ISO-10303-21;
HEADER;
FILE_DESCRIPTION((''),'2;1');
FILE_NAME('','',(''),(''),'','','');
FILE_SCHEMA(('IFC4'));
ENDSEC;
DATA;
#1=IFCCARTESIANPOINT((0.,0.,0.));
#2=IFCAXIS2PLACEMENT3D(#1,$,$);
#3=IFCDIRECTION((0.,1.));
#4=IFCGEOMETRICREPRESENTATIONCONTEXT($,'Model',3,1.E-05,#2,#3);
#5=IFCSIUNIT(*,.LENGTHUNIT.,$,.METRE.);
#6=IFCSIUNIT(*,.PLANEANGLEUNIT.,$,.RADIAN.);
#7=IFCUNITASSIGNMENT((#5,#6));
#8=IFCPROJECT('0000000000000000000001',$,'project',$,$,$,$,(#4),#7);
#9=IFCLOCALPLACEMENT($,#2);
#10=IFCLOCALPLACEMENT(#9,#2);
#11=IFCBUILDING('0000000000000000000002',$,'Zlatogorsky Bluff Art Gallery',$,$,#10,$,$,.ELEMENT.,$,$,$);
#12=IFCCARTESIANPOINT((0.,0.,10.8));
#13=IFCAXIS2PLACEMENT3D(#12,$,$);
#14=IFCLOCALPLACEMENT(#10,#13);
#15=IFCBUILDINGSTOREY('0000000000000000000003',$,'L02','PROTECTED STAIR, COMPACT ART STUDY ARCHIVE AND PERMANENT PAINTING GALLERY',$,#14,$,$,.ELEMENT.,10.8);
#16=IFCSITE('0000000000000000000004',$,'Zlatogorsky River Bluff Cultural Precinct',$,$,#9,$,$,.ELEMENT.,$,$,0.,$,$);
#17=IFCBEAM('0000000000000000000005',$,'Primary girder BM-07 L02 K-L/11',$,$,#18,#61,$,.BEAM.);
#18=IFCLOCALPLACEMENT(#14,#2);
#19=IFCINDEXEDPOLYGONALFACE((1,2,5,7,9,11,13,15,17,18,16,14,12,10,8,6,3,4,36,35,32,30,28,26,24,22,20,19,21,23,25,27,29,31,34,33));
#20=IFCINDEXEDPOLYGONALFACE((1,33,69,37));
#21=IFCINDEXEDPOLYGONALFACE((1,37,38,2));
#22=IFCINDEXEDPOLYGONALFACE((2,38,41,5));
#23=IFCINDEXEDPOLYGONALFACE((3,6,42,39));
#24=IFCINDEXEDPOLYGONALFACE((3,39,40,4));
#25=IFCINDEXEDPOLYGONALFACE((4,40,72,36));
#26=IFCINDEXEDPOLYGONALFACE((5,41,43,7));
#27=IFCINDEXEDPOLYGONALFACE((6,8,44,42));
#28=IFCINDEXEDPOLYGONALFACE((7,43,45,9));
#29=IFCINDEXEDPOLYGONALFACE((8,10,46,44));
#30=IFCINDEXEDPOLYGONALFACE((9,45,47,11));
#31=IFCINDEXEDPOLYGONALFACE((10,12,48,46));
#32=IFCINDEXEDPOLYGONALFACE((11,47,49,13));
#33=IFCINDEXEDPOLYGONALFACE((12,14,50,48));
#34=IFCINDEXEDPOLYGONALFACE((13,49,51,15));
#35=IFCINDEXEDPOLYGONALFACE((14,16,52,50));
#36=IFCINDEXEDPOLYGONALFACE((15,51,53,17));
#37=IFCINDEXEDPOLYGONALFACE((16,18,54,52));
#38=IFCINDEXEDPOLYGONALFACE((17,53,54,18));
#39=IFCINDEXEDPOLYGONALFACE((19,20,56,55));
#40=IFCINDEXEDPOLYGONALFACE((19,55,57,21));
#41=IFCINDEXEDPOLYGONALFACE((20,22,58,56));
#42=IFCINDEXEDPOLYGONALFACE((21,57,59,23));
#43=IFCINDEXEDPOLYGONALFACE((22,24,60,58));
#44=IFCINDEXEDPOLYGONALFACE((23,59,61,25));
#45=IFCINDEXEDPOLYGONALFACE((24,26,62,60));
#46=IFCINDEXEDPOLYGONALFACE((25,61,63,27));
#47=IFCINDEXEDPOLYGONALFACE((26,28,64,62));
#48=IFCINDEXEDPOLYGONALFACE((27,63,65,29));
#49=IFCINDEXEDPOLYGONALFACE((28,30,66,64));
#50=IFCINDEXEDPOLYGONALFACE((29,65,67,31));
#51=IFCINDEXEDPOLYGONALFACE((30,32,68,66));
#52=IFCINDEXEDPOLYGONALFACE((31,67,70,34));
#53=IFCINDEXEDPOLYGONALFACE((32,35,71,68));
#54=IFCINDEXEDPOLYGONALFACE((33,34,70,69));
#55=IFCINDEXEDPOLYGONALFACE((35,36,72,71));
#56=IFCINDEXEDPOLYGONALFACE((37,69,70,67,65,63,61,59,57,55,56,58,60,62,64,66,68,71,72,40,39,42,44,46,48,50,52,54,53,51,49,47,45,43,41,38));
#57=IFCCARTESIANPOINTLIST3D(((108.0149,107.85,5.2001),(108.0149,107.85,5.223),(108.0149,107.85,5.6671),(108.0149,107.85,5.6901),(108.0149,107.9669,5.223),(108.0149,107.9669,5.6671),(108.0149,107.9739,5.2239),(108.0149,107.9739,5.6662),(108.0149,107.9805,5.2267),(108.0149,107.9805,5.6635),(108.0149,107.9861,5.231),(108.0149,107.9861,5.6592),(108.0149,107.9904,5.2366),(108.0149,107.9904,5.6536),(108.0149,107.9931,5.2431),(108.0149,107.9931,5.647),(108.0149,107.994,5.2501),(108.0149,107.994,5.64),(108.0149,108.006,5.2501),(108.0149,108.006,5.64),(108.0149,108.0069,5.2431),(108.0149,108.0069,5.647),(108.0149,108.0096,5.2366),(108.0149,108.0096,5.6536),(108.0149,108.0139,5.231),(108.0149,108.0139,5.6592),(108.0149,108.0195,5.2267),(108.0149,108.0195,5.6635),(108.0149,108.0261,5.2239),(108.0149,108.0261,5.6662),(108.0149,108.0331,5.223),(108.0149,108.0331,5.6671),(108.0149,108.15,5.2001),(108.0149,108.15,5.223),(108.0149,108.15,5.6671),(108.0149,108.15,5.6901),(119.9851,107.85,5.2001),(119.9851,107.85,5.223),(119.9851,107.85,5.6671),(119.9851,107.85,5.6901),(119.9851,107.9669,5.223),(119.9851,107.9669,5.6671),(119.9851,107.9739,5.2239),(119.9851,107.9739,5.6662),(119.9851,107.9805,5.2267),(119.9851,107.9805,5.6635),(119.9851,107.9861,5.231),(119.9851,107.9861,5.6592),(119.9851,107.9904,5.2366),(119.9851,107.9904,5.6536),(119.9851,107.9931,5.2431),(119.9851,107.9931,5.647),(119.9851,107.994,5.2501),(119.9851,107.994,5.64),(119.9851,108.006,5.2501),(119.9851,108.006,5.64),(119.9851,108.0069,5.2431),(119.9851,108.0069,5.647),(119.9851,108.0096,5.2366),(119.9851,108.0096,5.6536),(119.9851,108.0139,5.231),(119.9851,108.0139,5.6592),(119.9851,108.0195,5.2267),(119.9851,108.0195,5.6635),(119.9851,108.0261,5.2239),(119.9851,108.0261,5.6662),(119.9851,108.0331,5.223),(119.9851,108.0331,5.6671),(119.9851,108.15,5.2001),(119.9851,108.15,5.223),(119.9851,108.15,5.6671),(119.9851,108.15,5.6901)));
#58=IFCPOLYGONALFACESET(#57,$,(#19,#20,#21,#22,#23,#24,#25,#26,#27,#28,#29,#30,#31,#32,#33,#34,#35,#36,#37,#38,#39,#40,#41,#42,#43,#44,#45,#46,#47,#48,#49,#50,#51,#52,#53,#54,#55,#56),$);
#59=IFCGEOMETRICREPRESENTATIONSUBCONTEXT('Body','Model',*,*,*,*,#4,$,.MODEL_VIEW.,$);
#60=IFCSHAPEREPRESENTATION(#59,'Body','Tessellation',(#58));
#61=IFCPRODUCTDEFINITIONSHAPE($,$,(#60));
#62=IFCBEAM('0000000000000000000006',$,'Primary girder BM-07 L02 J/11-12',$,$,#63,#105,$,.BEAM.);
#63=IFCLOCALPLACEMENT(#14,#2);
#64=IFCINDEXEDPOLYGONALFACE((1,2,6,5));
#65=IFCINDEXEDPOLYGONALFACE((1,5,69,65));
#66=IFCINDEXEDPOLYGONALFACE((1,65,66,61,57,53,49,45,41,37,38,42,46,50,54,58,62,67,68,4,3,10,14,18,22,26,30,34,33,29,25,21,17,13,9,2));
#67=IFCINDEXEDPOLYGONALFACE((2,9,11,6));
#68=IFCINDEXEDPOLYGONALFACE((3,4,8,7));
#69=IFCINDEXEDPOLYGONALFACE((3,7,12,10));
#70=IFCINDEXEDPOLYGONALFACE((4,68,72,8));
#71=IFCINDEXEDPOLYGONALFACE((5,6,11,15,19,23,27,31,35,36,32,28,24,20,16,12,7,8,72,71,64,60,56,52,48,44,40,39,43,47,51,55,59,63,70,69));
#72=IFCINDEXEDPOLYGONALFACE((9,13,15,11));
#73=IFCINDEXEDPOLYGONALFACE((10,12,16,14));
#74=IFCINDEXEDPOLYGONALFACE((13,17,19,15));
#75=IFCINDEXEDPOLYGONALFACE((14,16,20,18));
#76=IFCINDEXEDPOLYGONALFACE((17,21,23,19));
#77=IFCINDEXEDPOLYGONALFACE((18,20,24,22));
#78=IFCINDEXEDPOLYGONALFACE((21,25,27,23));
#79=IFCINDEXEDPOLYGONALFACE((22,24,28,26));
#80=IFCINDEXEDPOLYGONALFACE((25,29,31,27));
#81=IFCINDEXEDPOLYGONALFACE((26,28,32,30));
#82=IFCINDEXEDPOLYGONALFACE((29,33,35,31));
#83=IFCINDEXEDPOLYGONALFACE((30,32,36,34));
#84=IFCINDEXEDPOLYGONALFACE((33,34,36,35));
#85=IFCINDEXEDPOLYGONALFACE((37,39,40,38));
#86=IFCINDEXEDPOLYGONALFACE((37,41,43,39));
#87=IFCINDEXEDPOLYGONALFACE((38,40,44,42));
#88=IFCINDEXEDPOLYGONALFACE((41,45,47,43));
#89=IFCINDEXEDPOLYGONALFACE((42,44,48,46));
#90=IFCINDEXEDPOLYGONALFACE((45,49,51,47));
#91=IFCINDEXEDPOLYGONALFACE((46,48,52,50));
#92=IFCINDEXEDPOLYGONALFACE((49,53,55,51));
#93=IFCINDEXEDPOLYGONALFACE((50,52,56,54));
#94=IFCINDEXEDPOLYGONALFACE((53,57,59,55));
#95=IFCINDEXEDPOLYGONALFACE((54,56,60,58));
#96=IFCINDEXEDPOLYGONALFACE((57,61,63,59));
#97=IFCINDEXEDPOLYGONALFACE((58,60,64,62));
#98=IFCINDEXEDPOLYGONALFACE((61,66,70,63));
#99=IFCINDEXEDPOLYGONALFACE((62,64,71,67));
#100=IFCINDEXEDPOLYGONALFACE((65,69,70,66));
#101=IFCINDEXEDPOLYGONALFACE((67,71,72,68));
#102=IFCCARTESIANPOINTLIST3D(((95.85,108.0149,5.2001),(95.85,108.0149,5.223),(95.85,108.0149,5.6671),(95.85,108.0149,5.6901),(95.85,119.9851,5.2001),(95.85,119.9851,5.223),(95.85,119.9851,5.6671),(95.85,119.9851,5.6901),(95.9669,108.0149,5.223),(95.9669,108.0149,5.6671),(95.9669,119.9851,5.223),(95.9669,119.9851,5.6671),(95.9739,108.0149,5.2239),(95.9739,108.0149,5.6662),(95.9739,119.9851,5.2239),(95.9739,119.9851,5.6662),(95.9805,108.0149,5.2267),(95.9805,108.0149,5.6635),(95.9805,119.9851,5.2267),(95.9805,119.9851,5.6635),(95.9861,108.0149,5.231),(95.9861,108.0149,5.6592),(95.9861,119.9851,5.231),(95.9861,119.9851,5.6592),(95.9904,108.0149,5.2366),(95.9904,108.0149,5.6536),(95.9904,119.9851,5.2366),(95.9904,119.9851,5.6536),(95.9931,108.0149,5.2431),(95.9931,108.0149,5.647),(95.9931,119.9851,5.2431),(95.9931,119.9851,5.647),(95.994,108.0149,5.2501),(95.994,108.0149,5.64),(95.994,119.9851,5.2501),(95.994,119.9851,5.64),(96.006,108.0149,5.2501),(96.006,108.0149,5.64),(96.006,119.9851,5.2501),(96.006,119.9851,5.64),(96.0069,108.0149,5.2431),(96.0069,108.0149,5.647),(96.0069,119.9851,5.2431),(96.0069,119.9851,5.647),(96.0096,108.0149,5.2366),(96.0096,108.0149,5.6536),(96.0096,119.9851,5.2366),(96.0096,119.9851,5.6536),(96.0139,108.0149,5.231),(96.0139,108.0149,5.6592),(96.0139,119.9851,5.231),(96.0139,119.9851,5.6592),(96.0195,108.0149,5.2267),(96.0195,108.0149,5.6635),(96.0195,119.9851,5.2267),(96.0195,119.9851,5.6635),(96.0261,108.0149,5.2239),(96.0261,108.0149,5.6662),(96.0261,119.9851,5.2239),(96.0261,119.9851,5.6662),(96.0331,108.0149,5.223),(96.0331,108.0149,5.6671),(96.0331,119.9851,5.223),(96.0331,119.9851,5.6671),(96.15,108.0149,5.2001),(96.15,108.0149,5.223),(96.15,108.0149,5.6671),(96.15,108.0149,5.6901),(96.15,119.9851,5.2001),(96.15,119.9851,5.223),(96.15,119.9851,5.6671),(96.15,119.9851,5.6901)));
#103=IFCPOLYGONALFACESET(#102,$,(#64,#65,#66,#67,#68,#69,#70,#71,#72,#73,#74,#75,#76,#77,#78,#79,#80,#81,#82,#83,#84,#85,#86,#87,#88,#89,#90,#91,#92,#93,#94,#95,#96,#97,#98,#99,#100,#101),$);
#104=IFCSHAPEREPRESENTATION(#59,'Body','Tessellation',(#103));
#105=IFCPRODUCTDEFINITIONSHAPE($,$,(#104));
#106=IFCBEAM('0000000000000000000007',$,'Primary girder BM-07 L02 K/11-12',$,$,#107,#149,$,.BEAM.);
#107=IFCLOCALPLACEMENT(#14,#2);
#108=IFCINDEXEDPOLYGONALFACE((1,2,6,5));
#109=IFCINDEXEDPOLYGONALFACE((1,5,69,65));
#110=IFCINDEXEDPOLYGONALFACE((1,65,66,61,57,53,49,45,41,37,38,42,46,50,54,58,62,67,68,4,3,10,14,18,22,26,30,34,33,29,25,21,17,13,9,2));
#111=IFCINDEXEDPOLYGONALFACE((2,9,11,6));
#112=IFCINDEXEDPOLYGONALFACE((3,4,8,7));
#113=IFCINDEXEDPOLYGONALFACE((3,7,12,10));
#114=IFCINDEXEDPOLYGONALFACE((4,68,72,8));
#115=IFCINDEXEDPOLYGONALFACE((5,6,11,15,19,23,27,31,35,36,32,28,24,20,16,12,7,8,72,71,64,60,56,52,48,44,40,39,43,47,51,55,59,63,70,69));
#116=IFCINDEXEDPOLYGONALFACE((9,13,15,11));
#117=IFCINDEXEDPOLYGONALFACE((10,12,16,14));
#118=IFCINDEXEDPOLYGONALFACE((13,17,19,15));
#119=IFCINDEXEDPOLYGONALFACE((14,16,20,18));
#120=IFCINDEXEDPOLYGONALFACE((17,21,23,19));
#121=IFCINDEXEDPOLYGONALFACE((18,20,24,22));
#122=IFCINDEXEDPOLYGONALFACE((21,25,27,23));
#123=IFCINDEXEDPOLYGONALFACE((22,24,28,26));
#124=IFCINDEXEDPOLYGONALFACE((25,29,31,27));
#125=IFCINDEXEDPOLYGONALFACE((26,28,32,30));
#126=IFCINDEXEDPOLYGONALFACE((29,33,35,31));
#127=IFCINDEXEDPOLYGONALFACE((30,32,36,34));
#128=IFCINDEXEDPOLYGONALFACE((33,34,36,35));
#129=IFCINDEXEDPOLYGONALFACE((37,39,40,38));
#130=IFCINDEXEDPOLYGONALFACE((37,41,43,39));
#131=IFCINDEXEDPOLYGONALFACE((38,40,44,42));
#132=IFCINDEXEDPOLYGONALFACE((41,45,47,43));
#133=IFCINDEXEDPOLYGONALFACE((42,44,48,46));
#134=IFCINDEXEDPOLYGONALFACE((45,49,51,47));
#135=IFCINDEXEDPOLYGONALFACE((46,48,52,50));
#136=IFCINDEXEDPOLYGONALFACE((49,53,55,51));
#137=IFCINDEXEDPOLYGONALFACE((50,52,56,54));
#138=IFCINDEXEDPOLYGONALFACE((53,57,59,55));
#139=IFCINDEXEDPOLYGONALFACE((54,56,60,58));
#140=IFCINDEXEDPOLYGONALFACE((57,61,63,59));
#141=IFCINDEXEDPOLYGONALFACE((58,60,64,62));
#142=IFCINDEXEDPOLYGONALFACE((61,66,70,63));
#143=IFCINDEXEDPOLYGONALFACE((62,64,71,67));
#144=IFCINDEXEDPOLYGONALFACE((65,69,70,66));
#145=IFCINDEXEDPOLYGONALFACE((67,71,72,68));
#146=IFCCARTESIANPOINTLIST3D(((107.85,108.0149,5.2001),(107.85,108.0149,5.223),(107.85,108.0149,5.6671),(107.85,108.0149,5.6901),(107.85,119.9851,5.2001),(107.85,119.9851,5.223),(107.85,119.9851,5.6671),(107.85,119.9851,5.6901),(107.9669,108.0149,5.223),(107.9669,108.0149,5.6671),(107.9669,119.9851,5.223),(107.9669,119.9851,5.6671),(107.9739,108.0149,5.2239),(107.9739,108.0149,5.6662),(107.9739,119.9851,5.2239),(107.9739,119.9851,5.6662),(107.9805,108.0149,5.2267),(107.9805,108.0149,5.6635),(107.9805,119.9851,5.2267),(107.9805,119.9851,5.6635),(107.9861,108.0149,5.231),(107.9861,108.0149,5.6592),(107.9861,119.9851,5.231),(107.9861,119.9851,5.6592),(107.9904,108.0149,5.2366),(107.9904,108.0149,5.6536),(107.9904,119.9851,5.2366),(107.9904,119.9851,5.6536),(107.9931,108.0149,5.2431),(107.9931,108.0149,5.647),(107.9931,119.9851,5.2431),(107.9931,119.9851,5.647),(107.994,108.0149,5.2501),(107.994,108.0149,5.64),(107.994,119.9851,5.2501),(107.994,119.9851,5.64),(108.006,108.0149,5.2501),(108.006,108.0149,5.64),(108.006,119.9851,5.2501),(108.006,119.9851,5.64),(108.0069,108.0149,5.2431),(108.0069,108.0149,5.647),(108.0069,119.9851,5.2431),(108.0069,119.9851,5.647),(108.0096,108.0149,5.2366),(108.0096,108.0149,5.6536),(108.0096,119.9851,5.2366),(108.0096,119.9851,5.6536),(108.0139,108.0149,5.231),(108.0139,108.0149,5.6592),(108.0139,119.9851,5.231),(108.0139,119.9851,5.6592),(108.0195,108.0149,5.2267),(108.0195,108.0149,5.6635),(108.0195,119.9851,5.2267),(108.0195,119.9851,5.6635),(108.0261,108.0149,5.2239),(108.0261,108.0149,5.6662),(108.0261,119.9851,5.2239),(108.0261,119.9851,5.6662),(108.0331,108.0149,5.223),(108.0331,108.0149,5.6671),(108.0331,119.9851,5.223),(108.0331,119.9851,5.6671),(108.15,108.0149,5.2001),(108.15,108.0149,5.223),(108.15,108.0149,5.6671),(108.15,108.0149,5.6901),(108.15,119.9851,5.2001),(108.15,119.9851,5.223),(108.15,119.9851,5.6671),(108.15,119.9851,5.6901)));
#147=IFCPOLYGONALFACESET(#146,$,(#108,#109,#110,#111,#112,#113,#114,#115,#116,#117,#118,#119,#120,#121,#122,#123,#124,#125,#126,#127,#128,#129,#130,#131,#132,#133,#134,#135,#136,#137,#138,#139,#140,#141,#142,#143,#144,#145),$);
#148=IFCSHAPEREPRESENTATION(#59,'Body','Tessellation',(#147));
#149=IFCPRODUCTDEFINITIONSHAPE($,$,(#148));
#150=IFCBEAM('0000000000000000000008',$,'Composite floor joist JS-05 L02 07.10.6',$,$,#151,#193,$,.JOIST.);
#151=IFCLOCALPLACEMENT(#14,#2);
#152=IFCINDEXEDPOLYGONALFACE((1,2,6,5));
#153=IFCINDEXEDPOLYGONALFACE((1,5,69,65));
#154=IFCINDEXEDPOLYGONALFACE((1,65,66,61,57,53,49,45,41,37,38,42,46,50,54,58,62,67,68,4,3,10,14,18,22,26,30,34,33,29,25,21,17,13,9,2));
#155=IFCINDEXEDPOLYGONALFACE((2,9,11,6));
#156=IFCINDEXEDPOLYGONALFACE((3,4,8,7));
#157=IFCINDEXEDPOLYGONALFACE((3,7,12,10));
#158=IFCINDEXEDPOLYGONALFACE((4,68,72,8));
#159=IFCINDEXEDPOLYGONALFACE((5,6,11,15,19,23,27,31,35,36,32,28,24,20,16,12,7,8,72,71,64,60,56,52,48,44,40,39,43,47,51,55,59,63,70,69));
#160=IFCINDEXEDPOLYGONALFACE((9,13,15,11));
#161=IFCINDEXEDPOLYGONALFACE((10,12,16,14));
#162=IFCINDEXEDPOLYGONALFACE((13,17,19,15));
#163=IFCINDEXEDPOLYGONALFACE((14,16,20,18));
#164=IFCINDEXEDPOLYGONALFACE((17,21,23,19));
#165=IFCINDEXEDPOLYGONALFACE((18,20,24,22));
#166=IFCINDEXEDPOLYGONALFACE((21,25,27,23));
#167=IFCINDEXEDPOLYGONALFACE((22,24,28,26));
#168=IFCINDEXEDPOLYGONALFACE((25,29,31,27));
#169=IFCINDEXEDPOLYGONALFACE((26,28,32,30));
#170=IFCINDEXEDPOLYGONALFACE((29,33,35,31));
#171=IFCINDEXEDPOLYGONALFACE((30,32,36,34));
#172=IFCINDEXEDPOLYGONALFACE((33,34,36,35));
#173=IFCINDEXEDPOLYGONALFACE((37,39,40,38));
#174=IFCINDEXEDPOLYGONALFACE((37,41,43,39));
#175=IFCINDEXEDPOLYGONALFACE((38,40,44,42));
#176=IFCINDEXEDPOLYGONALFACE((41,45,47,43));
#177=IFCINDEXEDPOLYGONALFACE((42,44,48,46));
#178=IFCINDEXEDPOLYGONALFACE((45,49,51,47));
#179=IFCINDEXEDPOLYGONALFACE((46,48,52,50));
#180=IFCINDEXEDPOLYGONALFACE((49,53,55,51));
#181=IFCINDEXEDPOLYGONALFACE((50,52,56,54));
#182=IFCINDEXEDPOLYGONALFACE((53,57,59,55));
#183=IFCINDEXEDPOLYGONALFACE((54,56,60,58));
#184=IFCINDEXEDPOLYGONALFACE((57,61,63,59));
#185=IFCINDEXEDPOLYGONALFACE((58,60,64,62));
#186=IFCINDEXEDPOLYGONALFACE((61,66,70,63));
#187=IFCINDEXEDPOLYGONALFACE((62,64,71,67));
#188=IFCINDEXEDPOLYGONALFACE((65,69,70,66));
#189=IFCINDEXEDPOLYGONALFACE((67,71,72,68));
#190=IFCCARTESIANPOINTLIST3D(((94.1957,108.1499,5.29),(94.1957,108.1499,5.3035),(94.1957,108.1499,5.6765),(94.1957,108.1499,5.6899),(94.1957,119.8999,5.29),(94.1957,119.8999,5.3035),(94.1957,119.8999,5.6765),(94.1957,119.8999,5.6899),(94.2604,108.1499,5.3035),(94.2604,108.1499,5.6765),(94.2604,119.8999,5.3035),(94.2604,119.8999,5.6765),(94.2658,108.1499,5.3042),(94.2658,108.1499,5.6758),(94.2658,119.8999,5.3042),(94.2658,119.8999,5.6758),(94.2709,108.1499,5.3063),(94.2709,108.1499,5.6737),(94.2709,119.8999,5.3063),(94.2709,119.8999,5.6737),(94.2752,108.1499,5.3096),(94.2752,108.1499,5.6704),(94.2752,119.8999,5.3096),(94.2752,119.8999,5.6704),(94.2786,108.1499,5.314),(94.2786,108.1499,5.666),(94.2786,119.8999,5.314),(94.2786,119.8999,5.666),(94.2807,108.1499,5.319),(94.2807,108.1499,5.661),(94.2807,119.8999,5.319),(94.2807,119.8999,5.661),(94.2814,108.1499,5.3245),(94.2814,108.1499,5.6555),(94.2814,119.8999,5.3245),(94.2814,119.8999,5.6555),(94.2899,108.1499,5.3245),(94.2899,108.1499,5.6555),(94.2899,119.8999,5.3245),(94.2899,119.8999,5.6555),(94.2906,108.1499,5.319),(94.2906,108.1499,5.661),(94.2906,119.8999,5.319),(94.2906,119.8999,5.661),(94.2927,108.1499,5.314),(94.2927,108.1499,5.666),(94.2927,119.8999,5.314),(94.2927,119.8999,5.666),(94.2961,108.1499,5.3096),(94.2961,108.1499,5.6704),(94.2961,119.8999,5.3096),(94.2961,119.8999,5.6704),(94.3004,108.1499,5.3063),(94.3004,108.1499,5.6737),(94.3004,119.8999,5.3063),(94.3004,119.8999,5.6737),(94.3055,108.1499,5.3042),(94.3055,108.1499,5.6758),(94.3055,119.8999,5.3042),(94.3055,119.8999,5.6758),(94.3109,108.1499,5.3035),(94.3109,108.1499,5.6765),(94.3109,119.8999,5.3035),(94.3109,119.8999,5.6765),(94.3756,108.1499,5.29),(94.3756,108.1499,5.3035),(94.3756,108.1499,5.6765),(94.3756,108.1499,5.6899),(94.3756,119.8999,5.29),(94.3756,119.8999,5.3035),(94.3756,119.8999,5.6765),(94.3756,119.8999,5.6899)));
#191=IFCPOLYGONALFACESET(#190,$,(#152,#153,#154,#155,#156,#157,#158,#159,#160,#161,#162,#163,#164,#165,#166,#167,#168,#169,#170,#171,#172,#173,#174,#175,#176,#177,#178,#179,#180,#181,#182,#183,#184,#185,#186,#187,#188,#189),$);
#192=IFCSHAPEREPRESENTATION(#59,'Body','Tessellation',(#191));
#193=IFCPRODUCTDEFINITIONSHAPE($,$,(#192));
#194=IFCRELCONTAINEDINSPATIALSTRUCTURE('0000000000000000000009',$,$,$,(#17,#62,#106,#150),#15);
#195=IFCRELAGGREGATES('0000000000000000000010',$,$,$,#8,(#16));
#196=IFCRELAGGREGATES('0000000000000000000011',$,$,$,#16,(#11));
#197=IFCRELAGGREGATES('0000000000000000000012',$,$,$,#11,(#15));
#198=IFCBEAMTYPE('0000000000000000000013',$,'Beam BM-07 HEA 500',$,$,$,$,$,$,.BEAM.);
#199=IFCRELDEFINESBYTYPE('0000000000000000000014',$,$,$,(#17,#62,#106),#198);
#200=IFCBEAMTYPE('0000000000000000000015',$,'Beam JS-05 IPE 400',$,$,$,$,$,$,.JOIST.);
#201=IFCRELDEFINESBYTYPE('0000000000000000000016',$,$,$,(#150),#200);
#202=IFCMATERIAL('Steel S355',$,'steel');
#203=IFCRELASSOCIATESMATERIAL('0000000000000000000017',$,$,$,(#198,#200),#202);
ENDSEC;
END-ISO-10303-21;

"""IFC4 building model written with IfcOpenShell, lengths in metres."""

from ifc_helpers import new_model, si_unit, direction, frame, origin, origin_2d, place, context, subcontext, project, spatial, i_section, extrude, material, material_profile, profile_set, type_object, element, save


model = new_model("IFC4")

# Units and contexts
model_context = context("Model", 3, precision=1e-05, world=origin(), true_north=direction((0.0, 1.0)))
body_context = subcontext(model_context, "Body", "Model", "MODEL_VIEW")
ifc_project = project(units=[si_unit("LENGTHUNIT", "METRE"), si_unit("PLANEANGLEUNIT", "RADIAN")], contexts=[model_context])

# Site, building, storey
site_placement = place(None, origin())
site = spatial("IfcSite", under=ifc_project, at=site_placement, Name="Zlatogorsky River Bluff Cultural Precinct", CompositionType="ELEMENT", RefElevation=0.0)
building_placement = place(site_placement, origin())
building = spatial("IfcBuilding", under=site, at=building_placement, Name="Zlatogorsky Bluff Art Gallery", CompositionType="ELEMENT")
storey_placement = place(building_placement, frame((0.0, 0.0, 10.8)))
storey = spatial("IfcBuildingStorey", under=building, at=storey_placement, Name="L02", Description="PROTECTED STAIR, COMPACT ART STUDY ARCHIVE AND PERMANENT PAINTING GALLERY", CompositionType="ELEMENT", Elevation=10.8)

# Beams
ifc_material_1 = material(Name="Steel S355", Category="steel")
ifc_material_profile_1 = material_profile(ifc_material_1, i_section(OverallWidth=0.3, OverallDepth=0.49, WebThickness=0.012, FlangeThickness=0.0229, FilletRadius=0.0271, at=origin_2d()), Name="HEA 500")
ifc_profile_set_1 = profile_set([ifc_material_profile_1], Name="Steel S355")
beam_type_1 = type_object("IfcBeamType", Name="Beam BM-07 HEA 500", PredefinedType="BEAM", material=ifc_profile_set_1)
for number, where, z_axis, x_axis, name in (
    (1, (108.0149, 108.0, 5.4451), (1.0, 0.0, 0.0), (0.0, 1.0, 0.0), "Primary girder BM-07 L02 K-L/11"),
    (2, (96.0, 108.0149, 5.4451), (0.0, 1.0, 0.0), (-1.0, 0.0, 0.0), "Primary girder BM-07 L02 J/11-12"),
    (3, (108.0, 108.0149, 5.4451), (0.0, 1.0, 0.0), (-1.0, 0.0, 0.0), "Primary girder BM-07 L02 K/11-12"),
):
    element("IfcBeam", number, at=place(storey_placement, frame(where, z_axis=z_axis, x_axis=x_axis)), inside=storey, type_object=beam_type_1, Name=name, PredefinedType="BEAM", context=body_context, shape_type="SweptSolid", body=[
        extrude(i_section(OverallWidth=0.3, OverallDepth=0.49, WebThickness=0.012, FlangeThickness=0.0229, FilletRadius=0.0271, at=origin_2d()), origin(), (0.0, 0.0, 1.0), 11.9702),
    ])
ifc_material_profile_2 = material_profile(ifc_material_1, i_section(OverallWidth=0.1799, OverallDepth=0.3999, WebThickness=0.0085, FlangeThickness=0.0134, FilletRadius=0.021, at=origin_2d()), Name="IPE 400")
ifc_profile_set_2 = profile_set([ifc_material_profile_2], Name="Steel S355")
beam_type_2 = type_object("IfcBeamType", Name="Beam JS-05 IPE 400", PredefinedType="JOIST", material=ifc_profile_set_2)
for number, where, z_axis, x_axis, name in (
    (4, (94.2856, 108.1499, 5.49), (0.0, 1.0, 0.0), (-1.0, 0.0, 0.0), "Composite floor joist JS-05 L02 07.10.6"),
):
    element("IfcBeam", number, at=place(storey_placement, frame(where, z_axis=z_axis, x_axis=x_axis)), inside=storey, type_object=beam_type_2, Name=name, PredefinedType="JOIST", context=body_context, shape_type="SweptSolid", body=[
        extrude(i_section(OverallWidth=0.1799, OverallDepth=0.3999, WebThickness=0.0085, FlangeThickness=0.0134, FilletRadius=0.021, at=origin_2d()), origin(), (0.0, 0.0, 1.0), 11.75),
    ])

save(model, "model.ifc")
